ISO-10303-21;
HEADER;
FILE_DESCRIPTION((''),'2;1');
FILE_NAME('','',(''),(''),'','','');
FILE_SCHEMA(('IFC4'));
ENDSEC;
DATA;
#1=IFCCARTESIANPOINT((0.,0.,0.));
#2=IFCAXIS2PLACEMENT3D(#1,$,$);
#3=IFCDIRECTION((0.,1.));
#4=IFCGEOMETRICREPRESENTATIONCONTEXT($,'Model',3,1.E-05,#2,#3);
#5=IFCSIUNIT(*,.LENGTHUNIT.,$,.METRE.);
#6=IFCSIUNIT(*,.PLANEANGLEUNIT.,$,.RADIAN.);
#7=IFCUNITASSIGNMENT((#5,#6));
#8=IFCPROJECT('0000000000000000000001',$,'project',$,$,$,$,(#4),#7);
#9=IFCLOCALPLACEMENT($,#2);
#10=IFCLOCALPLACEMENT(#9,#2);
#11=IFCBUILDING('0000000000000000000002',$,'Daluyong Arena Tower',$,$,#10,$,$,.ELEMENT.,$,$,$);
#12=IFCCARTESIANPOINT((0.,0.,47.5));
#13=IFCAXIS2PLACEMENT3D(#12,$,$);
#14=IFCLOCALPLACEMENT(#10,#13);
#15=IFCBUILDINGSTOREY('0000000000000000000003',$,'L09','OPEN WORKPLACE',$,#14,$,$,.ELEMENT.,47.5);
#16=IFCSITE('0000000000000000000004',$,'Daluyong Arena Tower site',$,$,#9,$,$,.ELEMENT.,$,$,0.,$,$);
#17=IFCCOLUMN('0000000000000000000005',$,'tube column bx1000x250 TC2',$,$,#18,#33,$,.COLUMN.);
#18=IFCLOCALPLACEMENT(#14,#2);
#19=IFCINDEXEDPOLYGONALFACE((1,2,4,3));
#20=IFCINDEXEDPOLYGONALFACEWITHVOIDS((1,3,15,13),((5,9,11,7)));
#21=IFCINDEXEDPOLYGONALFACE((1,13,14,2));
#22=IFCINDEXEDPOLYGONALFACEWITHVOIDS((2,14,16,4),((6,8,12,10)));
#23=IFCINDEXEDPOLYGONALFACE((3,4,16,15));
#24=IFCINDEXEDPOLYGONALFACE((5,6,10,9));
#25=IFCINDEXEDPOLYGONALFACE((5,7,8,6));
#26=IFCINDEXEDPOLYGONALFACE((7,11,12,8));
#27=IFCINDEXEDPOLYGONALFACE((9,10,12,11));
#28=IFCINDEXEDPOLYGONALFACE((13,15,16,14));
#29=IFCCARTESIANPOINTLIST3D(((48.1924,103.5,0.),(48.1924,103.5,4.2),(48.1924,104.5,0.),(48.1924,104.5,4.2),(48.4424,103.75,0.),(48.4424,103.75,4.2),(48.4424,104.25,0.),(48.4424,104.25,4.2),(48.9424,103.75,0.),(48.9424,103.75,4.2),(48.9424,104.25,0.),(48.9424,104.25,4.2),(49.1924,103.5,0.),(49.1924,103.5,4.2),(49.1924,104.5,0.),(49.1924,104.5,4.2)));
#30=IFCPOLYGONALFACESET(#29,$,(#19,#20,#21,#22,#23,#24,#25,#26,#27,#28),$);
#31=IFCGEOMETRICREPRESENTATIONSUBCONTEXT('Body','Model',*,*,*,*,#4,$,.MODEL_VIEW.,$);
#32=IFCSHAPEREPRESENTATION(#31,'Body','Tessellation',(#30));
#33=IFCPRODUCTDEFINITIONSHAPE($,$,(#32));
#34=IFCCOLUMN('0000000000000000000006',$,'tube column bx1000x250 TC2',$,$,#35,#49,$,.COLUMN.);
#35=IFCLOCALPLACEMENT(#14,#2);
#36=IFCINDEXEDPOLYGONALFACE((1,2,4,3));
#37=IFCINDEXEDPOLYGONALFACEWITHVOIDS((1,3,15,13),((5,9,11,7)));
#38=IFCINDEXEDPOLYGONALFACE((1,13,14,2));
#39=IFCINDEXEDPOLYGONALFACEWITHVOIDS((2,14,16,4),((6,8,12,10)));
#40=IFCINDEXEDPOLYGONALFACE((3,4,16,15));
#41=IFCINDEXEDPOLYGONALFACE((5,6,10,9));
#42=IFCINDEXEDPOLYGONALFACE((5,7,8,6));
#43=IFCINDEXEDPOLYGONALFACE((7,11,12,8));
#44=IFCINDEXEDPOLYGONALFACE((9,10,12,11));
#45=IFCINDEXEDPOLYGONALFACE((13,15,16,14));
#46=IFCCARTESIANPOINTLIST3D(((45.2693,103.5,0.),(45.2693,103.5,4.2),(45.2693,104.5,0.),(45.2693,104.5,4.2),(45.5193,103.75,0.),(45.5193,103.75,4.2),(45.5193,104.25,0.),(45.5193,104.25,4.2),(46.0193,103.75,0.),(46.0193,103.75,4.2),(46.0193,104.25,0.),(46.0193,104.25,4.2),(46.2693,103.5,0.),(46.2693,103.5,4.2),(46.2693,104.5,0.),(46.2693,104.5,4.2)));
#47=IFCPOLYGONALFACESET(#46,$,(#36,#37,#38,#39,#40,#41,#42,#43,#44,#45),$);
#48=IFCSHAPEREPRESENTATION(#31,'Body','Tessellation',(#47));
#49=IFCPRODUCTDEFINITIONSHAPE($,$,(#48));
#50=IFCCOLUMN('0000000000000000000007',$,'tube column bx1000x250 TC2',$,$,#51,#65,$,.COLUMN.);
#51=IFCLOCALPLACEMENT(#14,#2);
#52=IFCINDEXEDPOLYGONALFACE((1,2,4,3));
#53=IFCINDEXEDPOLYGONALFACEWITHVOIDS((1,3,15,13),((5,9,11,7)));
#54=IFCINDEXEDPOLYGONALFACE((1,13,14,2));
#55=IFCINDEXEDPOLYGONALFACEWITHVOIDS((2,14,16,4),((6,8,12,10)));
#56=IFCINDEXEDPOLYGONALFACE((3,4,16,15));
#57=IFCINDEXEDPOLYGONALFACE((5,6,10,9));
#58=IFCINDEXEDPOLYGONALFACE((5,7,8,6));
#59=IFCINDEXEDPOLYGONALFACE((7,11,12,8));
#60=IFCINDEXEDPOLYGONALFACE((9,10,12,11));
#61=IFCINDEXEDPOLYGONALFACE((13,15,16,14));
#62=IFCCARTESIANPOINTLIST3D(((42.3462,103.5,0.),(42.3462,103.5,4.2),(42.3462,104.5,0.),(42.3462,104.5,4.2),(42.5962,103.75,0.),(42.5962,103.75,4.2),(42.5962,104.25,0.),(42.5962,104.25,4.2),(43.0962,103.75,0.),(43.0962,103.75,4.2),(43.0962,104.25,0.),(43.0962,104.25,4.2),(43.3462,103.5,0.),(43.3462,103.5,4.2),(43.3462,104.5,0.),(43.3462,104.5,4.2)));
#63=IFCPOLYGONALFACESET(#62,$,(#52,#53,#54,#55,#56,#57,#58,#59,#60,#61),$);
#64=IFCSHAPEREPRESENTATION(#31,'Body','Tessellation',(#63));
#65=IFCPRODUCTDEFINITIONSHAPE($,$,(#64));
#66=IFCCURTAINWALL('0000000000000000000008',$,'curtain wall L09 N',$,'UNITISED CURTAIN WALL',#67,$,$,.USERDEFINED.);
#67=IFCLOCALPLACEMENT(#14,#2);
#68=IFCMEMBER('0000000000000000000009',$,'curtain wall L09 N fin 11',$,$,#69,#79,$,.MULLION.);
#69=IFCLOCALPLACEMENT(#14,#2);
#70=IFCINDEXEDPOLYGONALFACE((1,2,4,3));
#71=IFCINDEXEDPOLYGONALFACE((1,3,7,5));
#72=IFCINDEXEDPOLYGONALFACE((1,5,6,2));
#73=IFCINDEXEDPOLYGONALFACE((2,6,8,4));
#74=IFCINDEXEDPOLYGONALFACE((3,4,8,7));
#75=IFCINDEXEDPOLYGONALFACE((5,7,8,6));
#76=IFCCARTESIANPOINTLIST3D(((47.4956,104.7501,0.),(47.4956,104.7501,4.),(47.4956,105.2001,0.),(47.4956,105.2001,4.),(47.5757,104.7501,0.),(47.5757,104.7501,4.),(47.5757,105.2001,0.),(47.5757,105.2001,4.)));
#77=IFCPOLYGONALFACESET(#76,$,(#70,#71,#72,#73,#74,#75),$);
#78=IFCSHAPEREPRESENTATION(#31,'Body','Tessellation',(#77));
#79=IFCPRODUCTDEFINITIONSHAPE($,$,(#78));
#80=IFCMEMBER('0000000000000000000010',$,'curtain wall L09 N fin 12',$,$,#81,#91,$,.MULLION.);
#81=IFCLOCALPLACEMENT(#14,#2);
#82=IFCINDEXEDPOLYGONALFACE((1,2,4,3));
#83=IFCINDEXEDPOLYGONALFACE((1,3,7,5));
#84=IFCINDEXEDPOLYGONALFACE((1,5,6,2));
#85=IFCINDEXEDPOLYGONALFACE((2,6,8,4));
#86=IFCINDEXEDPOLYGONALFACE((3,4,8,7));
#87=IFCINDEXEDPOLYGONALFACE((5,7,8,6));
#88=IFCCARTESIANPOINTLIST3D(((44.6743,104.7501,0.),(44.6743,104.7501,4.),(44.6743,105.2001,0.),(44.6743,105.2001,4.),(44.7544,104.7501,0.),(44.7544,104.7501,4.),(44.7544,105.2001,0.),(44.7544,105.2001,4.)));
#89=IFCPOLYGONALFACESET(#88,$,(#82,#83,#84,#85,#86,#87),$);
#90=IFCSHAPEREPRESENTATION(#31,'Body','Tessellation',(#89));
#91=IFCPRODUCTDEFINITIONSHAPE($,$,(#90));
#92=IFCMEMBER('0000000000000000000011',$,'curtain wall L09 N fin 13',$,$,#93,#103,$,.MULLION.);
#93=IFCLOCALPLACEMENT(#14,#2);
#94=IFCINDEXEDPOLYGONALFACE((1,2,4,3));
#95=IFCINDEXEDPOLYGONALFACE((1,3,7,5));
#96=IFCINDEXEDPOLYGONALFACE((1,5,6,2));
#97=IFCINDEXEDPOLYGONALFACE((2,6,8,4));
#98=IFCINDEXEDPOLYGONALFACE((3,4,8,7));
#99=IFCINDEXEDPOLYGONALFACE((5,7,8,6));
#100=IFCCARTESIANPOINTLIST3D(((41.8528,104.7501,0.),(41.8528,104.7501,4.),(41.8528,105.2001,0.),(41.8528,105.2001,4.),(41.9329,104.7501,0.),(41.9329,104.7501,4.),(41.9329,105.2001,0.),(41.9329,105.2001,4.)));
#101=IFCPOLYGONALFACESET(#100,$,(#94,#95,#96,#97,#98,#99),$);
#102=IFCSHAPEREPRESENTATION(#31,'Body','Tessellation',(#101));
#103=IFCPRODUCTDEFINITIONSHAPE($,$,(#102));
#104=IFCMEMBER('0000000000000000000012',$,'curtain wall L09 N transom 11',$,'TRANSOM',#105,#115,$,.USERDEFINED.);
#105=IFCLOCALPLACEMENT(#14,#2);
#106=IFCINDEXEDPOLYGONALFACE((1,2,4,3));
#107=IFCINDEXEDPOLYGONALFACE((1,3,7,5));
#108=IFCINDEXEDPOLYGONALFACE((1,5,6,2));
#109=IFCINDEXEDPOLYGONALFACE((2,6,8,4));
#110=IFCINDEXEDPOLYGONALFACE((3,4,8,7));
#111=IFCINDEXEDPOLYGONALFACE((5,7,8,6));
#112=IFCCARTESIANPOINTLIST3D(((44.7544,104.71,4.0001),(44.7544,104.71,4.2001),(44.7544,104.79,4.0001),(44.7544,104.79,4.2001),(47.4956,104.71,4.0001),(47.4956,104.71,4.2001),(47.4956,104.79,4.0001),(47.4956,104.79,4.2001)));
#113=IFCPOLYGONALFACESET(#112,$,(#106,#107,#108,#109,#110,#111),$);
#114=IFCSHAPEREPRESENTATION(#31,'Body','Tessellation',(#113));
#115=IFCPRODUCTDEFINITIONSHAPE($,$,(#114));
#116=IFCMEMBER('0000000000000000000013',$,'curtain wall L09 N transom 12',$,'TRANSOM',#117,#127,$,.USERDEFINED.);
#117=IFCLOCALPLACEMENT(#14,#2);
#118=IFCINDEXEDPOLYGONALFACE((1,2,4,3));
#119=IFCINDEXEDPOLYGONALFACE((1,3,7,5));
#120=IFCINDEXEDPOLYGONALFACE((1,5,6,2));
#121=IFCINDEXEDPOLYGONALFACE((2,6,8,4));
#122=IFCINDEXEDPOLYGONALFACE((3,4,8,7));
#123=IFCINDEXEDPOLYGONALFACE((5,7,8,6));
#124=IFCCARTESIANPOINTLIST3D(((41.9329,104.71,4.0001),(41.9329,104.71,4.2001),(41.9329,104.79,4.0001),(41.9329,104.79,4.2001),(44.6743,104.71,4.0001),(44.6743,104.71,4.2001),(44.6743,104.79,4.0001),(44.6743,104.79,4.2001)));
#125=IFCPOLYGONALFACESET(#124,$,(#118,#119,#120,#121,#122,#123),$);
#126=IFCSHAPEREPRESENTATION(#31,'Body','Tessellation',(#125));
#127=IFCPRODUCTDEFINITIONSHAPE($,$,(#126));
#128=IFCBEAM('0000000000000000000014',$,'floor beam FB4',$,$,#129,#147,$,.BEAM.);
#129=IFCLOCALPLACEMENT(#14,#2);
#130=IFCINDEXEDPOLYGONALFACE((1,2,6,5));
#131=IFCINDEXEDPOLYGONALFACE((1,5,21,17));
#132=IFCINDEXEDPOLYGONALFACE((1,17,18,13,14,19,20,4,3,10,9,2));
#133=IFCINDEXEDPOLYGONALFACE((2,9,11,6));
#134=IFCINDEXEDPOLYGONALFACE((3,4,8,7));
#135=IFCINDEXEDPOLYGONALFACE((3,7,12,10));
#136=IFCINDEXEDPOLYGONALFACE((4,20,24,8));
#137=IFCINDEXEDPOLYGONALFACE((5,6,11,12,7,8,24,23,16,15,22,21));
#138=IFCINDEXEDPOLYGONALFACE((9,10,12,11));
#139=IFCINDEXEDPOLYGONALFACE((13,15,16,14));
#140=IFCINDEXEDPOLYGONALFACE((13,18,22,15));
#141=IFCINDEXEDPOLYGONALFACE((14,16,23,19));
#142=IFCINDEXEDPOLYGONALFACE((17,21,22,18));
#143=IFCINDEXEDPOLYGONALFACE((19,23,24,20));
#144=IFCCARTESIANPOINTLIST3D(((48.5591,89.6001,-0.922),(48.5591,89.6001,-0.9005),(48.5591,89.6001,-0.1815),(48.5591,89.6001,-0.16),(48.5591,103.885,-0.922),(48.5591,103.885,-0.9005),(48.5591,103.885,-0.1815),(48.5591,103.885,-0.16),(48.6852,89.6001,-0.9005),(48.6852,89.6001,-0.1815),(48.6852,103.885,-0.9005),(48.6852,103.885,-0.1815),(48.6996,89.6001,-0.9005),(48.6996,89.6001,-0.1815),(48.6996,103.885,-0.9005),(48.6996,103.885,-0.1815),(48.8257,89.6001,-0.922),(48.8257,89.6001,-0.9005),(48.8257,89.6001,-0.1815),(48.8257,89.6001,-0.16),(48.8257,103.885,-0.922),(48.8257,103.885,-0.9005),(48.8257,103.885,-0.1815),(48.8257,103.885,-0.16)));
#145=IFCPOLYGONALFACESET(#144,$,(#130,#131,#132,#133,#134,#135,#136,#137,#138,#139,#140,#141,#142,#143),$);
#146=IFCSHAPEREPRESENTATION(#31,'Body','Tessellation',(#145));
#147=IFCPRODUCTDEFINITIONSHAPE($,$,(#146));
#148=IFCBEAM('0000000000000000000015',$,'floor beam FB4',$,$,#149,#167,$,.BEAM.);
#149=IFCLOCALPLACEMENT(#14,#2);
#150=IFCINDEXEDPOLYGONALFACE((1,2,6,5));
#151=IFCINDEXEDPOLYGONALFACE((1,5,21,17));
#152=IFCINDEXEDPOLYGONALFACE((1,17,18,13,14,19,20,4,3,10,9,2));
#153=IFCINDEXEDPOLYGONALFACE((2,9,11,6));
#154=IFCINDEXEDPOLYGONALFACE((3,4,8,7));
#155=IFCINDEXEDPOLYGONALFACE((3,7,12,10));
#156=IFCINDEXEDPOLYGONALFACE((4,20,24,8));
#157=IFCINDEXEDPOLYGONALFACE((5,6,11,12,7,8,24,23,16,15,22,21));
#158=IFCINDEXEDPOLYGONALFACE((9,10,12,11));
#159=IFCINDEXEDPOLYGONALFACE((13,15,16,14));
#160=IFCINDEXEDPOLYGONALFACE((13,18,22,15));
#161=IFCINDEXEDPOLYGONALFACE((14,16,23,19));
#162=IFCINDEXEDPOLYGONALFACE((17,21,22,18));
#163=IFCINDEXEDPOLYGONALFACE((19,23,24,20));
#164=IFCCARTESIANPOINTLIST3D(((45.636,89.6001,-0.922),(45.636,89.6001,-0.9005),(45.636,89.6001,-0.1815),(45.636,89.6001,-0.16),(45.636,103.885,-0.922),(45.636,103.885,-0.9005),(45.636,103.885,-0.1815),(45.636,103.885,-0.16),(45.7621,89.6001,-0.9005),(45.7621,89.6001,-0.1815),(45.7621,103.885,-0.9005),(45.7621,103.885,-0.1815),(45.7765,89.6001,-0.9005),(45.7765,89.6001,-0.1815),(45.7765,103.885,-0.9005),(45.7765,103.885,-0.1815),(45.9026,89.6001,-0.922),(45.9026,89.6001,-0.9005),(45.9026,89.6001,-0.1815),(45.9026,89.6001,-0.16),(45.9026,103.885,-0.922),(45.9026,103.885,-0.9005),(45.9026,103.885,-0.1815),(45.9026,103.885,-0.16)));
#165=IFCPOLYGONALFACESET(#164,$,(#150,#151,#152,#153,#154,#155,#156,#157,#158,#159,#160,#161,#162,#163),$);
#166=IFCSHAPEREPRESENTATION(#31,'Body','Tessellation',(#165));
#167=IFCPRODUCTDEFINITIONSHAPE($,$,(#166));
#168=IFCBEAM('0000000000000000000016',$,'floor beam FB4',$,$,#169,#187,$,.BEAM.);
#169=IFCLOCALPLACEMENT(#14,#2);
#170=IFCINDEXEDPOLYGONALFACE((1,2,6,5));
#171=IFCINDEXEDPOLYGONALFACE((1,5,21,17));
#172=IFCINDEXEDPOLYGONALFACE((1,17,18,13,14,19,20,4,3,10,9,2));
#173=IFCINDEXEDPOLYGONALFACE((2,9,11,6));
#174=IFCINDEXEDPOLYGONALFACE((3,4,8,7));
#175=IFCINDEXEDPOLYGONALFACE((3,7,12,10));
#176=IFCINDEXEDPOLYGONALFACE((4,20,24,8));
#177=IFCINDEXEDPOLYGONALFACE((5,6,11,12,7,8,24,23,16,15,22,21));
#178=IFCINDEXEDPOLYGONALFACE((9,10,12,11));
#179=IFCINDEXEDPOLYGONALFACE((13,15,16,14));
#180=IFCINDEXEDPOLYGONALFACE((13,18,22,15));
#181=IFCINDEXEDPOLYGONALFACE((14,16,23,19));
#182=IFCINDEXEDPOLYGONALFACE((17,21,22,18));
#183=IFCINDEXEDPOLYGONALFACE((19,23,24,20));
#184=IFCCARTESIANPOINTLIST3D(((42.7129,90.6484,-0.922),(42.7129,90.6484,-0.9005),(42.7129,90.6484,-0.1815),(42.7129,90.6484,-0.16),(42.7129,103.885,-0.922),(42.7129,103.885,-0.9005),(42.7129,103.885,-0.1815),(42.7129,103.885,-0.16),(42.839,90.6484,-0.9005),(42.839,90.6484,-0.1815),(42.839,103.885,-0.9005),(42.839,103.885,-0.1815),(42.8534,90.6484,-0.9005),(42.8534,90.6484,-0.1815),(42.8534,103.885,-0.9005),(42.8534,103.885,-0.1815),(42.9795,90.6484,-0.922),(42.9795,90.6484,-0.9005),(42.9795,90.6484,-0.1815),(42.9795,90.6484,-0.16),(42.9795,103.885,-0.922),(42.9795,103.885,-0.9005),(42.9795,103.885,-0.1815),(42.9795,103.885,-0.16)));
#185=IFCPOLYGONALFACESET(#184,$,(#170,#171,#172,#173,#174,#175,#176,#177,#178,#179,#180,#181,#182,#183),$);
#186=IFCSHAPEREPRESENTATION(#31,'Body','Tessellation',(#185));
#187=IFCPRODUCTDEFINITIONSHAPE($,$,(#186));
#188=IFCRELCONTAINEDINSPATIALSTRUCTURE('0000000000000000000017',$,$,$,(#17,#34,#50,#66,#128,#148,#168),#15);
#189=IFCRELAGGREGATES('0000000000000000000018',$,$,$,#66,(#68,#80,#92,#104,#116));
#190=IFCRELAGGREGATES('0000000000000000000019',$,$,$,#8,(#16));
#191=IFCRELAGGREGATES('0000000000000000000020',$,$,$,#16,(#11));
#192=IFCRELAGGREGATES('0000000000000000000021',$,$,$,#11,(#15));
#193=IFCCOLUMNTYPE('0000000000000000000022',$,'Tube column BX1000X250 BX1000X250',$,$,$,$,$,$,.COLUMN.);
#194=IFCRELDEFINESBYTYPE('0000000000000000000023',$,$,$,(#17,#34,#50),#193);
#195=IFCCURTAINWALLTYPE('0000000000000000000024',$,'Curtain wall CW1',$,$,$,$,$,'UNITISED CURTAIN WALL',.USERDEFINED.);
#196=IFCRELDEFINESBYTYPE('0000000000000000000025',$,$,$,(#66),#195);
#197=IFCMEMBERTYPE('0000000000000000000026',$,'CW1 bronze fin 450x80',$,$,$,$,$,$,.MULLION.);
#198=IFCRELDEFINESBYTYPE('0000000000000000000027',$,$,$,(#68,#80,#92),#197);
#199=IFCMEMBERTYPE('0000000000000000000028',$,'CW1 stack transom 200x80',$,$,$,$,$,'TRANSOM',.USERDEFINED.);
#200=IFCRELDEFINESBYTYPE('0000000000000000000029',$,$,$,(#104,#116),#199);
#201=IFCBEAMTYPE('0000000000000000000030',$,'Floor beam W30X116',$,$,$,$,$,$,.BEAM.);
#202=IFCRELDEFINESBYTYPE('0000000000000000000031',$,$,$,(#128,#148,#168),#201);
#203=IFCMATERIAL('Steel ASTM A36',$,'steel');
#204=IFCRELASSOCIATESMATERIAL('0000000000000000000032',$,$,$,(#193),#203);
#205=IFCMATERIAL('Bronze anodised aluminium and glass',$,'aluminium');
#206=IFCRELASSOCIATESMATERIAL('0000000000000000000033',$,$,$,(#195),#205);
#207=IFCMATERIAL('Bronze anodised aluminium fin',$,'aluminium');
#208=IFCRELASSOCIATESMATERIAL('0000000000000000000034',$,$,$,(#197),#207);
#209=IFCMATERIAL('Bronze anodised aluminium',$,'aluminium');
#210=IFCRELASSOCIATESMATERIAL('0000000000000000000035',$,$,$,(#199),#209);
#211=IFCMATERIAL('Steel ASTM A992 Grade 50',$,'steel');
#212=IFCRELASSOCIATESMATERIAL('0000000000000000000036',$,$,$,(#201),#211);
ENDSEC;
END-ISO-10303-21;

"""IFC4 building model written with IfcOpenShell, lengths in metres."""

from ifc_helpers import new_model, si_unit, direction, frame, origin, origin_2d, place, context, subcontext, project, spatial, rectangle, hollow_rectangle, i_section, extrude, material, material_profile, profile_set, type_object, element, aggregate, save


model = new_model("IFC4")

# Units and contexts
model_context = context("Model", 3, precision=1e-05, world=origin(), true_north=direction((0.0, 1.0)))
body_context = subcontext(model_context, "Body", "Model", "MODEL_VIEW")
ifc_project = project(units=[si_unit("LENGTHUNIT", "METRE"), si_unit("PLANEANGLEUNIT", "RADIAN")], contexts=[model_context])

# Site, building, storey
site_placement = place(None, origin())
site = spatial("IfcSite", under=ifc_project, at=site_placement, Name="Daluyong Arena Tower site", CompositionType="ELEMENT", RefElevation=0.0)
building_placement = place(site_placement, origin())
building = spatial("IfcBuilding", under=site, at=building_placement, Name="Daluyong Arena Tower", CompositionType="ELEMENT")
storey_placement = place(building_placement, frame((0.0, 0.0, 47.5)))
storey = spatial("IfcBuildingStorey", under=building, at=storey_placement, Name="L09", Description="OPEN WORKPLACE", CompositionType="ELEMENT", Elevation=47.5)

# Columns
ifc_material_1 = material(Name="Steel ASTM A36", Category="steel")
ifc_material_profile_1 = material_profile(ifc_material_1, hollow_rectangle(XDim=1.0, YDim=1.0, WallThickness=0.25, at=origin_2d()))
ifc_profile_set_1 = profile_set([ifc_material_profile_1], Name="Steel ASTM A36")
column_type = type_object("IfcColumnType", Name="Tube column BX1000X250 BX1000X250", PredefinedType="COLUMN", material=ifc_profile_set_1)
for number, where, z_axis, x_axis, name in (
    (1, (48.6924, 104.0, 0.0), (0.0, 0.0, 1.0), (1.0, 0.0, 0.0), "tube column bx1000x250 TC2"),
    (2, (45.7693, 104.0, 0.0), (0.0, 0.0, 1.0), (1.0, 0.0, 0.0), "tube column bx1000x250 TC2"),
    (3, (42.8462, 104.0, 0.0), (0.0, 0.0, 1.0), (1.0, 0.0, 0.0), "tube column bx1000x250 TC2"),
):
    element("IfcColumn", number, at=place(storey_placement, frame(where, z_axis=z_axis, x_axis=x_axis)), inside=storey, type_object=column_type, Name=name, PredefinedType="COLUMN", context=body_context, shape_type="SweptSolid", body=[
        extrude(hollow_rectangle(XDim=1.0, YDim=1.0, WallThickness=0.25, at=origin_2d()), origin(), (0.0, 0.0, 1.0), 4.2),
    ])

# Curtain wall, members
ifc_material_2 = material(Name="Bronze anodised aluminium and glass", Category="aluminium")
curtain_wall_type = type_object("IfcCurtainWallType", Name="Curtain wall CW1", ElementType="UNITISED CURTAIN WALL", PredefinedType="USERDEFINED", material=ifc_material_2)
curtain_wall_placement = place(storey_placement, origin())
curtain_wall = element("IfcCurtainWall", 4, at=curtain_wall_placement, inside=storey, type_object=curtain_wall_type, Name="curtain wall L09 N", ObjectType="UNITISED CURTAIN WALL", PredefinedType="USERDEFINED")
ifc_material_3 = material(Name="Bronze anodised aluminium fin", Category="aluminium")
ifc_material_profile_2 = material_profile(ifc_material_3, rectangle(XDim=0.45, YDim=0.0801, at=origin_2d()))
ifc_profile_set_2 = profile_set([ifc_material_profile_2], Name="Bronze anodised aluminium fin")
member_type_1 = type_object("IfcMemberType", Name="CW1 bronze fin 450x80", PredefinedType="MULLION", material=ifc_profile_set_2)
member_1_placement = place(storey_placement, frame((47.5356, 104.9751, 0.0), z_axis=(0.0, 0.0, 1.0), x_axis=(0.0, -1.0, 0.0)))
member_1 = element("IfcMember", 5, at=member_1_placement, type_object=member_type_1, Name="curtain wall L09 N fin 11", PredefinedType="MULLION", context=body_context, shape_type="SweptSolid", body=[
    extrude(rectangle(XDim=0.45, YDim=0.0801, at=origin_2d()), origin(), (0.0, 0.0, 1.0), 4.0),
])
member_2_placement = place(storey_placement, frame((44.7144, 104.9751, 0.0), z_axis=(0.0, 0.0, 1.0), x_axis=(0.0, -1.0, 0.0)))
member_2 = element("IfcMember", 6, at=member_2_placement, type_object=member_type_1, Name="curtain wall L09 N fin 12", PredefinedType="MULLION", context=body_context, shape_type="SweptSolid", body=[
    extrude(rectangle(XDim=0.45, YDim=0.0801, at=origin_2d()), origin(), (0.0, 0.0, 1.0), 4.0),
])
member_3_placement = place(storey_placement, frame((41.8928, 104.9751, 0.0), z_axis=(0.0, 0.0, 1.0), x_axis=(0.0, -1.0, 0.0)))
member_3 = element("IfcMember", 7, at=member_3_placement, type_object=member_type_1, Name="curtain wall L09 N fin 13", PredefinedType="MULLION", context=body_context, shape_type="SweptSolid", body=[
    extrude(rectangle(XDim=0.45, YDim=0.0801, at=origin_2d()), origin(), (0.0, 0.0, 1.0), 4.0),
])
ifc_material_4 = material(Name="Bronze anodised aluminium", Category="aluminium")
ifc_material_profile_3 = material_profile(ifc_material_4, rectangle(XDim=0.0801, YDim=0.2, at=origin_2d()))
ifc_profile_set_3 = profile_set([ifc_material_profile_3], Name="Bronze anodised aluminium")
member_type_2 = type_object("IfcMemberType", Name="CW1 stack transom 200x80", ElementType="TRANSOM", PredefinedType="USERDEFINED", material=ifc_profile_set_3)
member_4_placement = place(storey_placement, frame((47.4956, 104.75, 4.1001), z_axis=(-1.0, 0.0, 0.0), x_axis=(0.0, -1.0, 0.0)))
member_4 = element("IfcMember", 8, at=member_4_placement, type_object=member_type_2, Name="curtain wall L09 N transom 11", ObjectType="TRANSOM", PredefinedType="USERDEFINED", context=body_context, shape_type="SweptSolid", body=[
    extrude(rectangle(XDim=0.0801, YDim=0.2, at=origin_2d()), origin(), (0.0, 0.0, 1.0), 2.7412),
])
member_5_placement = place(storey_placement, frame((44.6743, 104.75, 4.1001), z_axis=(-1.0, 0.0, 0.0), x_axis=(0.0, -1.0, 0.0)))
member_5 = element("IfcMember", 9, at=member_5_placement, type_object=member_type_2, Name="curtain wall L09 N transom 12", ObjectType="TRANSOM", PredefinedType="USERDEFINED", context=body_context, shape_type="SweptSolid", body=[
    extrude(rectangle(XDim=0.0801, YDim=0.2, at=origin_2d()), origin(), (0.0, 0.0, 1.0), 2.7415),
])

# Beams
ifc_material_5 = material(Name="Steel ASTM A992 Grade 50", Category="steel")
ifc_material_profile_4 = material_profile(ifc_material_5, i_section(OverallWidth=0.2666, OverallDepth=0.762, WebThickness=0.0144, FlangeThickness=0.0215, at=origin_2d()))
ifc_profile_set_4 = profile_set([ifc_material_profile_4], Name="Steel ASTM A992 Grade 50")
beam_type_1 = type_object("IfcBeamType", Name="Floor beam W30X116", PredefinedType="BEAM", material=ifc_profile_set_4)
for number, where, z_axis, x_axis, name in (
    (10, (48.6924, 103.885, -0.541), (0.0, -1.0, 0.0), (1.0, 0.0, 0.0), "floor beam FB4"),
    (11, (45.7693, 103.885, -0.541), (0.0, -1.0, 0.0), (1.0, 0.0, 0.0), "floor beam FB4"),
):
    element("IfcBeam", number, at=place(storey_placement, frame(where, z_axis=z_axis, x_axis=x_axis)), inside=storey, type_object=beam_type_1, Name=name, PredefinedType="BEAM", context=body_context, shape_type="SweptSolid", body=[
        extrude(i_section(OverallWidth=0.2666, OverallDepth=0.762, WebThickness=0.0144, FlangeThickness=0.0215, at=origin_2d()), origin(), (0.0, 0.0, 1.0), 14.2849),
    ])
beam_placement = place(storey_placement, frame((42.8462, 103.885, -0.541), z_axis=(0.0, -1.0, 0.0), x_axis=(1.0, 0.0, 0.0)))
element("IfcBeam", 12, at=beam_placement, inside=storey, type_object=beam_type_1, Name="floor beam FB4", PredefinedType="BEAM", context=body_context, shape_type="SweptSolid", body=[
    extrude(i_section(OverallWidth=0.2666, OverallDepth=0.762, WebThickness=0.0144, FlangeThickness=0.0215, at=origin_2d()), origin(), (0.0, 0.0, 1.0), 13.2366),
])

aggregate(curtain_wall, [member_1, member_2, member_3, member_4, member_5])

save(model, "model.ifc")
